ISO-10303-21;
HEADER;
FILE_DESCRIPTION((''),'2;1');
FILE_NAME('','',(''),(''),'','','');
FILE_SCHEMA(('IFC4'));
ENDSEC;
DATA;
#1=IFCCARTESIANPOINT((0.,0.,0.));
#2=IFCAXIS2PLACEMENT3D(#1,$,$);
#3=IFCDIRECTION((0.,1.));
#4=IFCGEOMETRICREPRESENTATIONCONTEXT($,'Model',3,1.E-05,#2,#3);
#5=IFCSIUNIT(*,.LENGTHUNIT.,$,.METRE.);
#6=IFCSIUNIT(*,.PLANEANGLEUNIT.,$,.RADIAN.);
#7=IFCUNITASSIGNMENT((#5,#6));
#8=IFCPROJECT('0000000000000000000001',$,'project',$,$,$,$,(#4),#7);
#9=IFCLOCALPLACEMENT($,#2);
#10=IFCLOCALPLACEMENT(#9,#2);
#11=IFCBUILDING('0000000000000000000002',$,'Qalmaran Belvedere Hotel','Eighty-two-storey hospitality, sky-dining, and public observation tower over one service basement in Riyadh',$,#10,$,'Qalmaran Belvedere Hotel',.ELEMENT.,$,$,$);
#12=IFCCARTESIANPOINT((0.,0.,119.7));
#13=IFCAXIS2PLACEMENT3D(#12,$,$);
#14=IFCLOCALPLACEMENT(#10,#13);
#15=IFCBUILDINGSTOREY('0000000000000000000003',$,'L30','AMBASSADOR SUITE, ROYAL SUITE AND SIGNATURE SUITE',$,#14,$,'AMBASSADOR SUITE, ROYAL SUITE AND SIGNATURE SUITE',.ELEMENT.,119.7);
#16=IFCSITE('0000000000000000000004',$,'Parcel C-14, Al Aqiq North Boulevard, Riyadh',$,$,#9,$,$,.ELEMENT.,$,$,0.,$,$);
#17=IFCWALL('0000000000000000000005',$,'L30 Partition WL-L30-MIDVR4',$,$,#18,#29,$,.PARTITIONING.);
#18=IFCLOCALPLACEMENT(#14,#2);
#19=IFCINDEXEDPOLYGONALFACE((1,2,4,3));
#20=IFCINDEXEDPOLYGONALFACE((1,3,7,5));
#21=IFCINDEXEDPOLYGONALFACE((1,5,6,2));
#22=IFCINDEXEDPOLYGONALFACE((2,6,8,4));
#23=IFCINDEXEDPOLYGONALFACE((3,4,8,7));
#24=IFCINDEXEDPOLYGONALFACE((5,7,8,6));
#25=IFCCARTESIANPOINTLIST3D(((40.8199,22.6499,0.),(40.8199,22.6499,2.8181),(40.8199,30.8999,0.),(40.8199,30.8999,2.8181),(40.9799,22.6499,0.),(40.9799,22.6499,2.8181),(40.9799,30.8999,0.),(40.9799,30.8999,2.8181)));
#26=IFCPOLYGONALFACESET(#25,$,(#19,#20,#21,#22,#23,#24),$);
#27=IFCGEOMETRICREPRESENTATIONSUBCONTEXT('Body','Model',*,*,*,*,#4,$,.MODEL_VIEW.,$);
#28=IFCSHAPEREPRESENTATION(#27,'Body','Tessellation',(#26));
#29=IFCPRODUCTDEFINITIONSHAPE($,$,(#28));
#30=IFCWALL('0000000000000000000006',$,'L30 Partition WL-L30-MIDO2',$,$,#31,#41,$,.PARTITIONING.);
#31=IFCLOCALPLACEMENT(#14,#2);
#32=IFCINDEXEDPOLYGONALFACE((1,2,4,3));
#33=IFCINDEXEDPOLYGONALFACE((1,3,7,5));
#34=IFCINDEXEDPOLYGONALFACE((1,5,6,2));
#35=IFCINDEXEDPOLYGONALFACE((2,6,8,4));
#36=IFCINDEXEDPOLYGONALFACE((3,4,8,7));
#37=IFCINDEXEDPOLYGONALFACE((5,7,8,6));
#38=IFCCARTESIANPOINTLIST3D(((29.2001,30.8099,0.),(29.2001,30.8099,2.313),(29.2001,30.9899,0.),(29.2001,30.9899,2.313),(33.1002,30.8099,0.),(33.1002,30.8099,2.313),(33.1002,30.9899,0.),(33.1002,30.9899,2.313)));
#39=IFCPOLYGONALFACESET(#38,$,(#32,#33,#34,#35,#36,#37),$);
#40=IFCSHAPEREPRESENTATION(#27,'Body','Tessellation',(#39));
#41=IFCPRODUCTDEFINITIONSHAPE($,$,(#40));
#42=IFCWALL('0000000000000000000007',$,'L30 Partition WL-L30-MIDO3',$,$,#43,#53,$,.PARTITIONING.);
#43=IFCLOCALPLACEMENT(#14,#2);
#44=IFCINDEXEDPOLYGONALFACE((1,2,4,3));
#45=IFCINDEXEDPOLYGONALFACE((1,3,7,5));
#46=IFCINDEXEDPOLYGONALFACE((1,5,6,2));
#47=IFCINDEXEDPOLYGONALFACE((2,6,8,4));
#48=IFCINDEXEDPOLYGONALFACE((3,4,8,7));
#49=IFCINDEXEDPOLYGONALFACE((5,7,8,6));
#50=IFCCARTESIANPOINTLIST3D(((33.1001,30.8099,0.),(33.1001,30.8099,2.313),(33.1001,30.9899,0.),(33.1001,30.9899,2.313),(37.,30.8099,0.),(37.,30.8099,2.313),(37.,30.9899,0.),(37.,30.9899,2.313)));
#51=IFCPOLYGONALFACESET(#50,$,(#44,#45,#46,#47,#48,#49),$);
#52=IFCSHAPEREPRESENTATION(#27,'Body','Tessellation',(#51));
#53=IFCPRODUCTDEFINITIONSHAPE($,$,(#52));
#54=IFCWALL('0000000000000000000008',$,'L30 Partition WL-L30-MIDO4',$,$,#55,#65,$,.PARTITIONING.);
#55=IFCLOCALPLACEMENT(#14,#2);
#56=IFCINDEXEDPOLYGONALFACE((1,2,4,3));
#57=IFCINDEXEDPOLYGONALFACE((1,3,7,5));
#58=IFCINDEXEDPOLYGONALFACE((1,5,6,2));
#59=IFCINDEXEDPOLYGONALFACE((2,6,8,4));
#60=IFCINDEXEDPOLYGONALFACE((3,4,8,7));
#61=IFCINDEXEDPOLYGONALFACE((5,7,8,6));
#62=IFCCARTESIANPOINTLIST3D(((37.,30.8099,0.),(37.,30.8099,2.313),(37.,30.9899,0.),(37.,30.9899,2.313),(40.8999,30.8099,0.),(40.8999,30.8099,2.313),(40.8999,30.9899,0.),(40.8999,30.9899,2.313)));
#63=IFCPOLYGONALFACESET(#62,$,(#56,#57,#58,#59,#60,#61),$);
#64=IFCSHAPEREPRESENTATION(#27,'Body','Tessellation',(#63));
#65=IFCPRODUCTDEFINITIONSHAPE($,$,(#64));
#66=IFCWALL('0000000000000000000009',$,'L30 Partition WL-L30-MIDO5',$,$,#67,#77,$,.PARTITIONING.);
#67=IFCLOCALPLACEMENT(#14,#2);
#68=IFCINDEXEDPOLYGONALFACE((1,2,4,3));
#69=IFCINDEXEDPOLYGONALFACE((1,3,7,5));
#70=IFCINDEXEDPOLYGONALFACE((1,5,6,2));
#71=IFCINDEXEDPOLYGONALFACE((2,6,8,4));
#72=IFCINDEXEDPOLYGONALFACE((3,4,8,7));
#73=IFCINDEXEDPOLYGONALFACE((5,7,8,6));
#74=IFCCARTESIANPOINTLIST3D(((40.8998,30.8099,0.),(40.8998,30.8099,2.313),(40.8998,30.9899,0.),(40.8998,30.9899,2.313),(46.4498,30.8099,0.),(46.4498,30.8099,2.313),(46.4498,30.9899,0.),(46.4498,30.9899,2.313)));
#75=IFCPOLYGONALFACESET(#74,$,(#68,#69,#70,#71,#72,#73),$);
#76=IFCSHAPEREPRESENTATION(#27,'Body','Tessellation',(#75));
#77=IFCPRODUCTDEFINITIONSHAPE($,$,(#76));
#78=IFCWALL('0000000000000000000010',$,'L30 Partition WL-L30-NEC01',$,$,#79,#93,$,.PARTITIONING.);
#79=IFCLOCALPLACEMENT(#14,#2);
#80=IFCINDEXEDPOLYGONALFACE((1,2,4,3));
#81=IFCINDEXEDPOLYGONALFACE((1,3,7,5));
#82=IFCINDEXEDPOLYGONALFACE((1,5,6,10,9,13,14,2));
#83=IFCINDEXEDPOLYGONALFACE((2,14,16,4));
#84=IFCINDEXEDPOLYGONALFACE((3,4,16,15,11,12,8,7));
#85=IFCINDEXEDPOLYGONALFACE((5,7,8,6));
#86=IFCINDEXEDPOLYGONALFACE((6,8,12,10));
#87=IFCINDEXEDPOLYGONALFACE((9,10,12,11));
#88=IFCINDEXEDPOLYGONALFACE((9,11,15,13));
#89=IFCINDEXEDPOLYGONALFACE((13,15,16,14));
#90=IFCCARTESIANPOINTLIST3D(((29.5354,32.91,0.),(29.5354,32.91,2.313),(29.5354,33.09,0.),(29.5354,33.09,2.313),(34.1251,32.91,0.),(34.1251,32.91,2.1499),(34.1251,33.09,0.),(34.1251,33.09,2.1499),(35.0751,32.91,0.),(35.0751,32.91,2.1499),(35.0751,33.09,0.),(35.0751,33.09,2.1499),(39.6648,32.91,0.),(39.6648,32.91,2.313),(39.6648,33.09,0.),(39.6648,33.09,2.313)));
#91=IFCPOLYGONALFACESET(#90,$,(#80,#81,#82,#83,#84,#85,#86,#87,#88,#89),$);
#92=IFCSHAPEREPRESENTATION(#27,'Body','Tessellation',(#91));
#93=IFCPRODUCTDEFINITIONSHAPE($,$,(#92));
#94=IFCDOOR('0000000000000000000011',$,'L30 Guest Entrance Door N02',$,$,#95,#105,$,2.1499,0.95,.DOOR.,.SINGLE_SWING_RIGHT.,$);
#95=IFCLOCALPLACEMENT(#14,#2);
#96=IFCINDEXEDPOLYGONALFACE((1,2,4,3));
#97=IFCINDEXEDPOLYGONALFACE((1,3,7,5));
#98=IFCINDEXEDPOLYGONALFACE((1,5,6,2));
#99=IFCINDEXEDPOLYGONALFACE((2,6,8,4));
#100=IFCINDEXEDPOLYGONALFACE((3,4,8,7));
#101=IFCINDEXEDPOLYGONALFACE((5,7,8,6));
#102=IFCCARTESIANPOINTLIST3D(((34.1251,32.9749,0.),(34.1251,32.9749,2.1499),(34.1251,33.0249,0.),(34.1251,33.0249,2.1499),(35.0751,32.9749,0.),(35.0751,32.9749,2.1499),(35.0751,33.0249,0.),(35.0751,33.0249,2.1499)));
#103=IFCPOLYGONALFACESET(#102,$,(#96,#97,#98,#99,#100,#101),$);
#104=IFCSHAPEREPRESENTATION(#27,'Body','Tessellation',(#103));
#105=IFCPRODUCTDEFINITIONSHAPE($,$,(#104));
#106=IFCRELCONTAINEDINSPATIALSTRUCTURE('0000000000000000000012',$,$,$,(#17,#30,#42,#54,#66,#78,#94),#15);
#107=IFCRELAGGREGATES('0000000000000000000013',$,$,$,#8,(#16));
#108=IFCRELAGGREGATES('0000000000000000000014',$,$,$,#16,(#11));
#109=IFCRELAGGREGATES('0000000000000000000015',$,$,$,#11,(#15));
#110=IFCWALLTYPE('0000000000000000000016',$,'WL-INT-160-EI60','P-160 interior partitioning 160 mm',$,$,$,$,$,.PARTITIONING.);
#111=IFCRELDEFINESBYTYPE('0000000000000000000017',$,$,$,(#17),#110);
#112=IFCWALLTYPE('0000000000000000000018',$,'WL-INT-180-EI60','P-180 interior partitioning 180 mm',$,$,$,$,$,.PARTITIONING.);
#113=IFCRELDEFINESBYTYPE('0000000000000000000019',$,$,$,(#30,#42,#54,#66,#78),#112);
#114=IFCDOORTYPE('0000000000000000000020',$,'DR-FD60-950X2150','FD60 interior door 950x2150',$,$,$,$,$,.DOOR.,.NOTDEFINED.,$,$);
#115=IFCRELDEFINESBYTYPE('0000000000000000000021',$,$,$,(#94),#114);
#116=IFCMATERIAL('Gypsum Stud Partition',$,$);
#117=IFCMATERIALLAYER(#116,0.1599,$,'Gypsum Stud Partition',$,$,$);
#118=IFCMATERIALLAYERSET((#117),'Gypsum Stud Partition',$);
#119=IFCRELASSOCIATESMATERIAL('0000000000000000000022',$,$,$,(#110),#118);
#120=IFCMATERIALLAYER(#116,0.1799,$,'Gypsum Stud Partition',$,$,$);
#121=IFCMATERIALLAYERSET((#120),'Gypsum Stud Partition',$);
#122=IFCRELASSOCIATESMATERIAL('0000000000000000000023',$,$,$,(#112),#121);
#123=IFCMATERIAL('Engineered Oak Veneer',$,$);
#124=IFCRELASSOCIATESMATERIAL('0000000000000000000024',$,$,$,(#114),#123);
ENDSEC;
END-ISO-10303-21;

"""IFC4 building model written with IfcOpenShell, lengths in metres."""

from ifc_helpers import new_model, si_unit, direction, frame, frame_2d, origin, place, context, subcontext, project, spatial, rectangle, extrude, material, layer, layer_set, type_object, element, fill, save


model = new_model("IFC4")

# Units and contexts
model_context = context("Model", 3, precision=1e-05, world=origin(), true_north=direction((0.0, 1.0)))
body_context = subcontext(model_context, "Body", "Model", "MODEL_VIEW")
ifc_project = project(units=[si_unit("LENGTHUNIT", "METRE"), si_unit("PLANEANGLEUNIT", "RADIAN")], contexts=[model_context])

# Site, building, storey
site_placement = place(None, origin())
site = spatial("IfcSite", under=ifc_project, at=site_placement, Name="Parcel C-14, Al Aqiq North Boulevard, Riyadh", CompositionType="ELEMENT", RefElevation=0.0)
building_placement = place(site_placement, origin())
building = spatial("IfcBuilding", under=site, at=building_placement, Name="Qalmaran Belvedere Hotel", Description="Eighty-two-storey hospitality, sky-dining, and public observation tower over one service basement in Riyadh", LongName="Qalmaran Belvedere Hotel", CompositionType="ELEMENT")
storey_placement = place(building_placement, frame((0.0, 0.0, 119.7)))
storey = spatial("IfcBuildingStorey", under=building, at=storey_placement, Name="L30", Description="AMBASSADOR SUITE, ROYAL SUITE AND SIGNATURE SUITE", LongName="AMBASSADOR SUITE, ROYAL SUITE AND SIGNATURE SUITE", CompositionType="ELEMENT", Elevation=119.7)

# Wall
ifc_material_1 = material(Name="Gypsum Stud Partition")
ifc_layer_1 = layer(ifc_material_1, 0.1599, Name="Gypsum Stud Partition")
ifc_layer_set_1 = layer_set([ifc_layer_1], Name="Gypsum Stud Partition")
wall_type_1 = type_object("IfcWallType", Name="WL-INT-160-EI60", Description="P-160 interior partitioning 160 mm", PredefinedType="PARTITIONING", material=ifc_layer_set_1)
wall_1_placement = place(storey_placement, frame((40.8999, 22.6499, 0.0), z_axis=(0.0, 0.0, 1.0), x_axis=(0.0, 1.0, 0.0)))
element("IfcWall", 1, at=wall_1_placement, inside=storey, type_object=wall_type_1, Name="L30 Partition WL-L30-MIDVR4", PredefinedType="PARTITIONING", context=body_context, shape_type="SweptSolid", body=[
    extrude(rectangle(XDim=8.25, YDim=0.1599, at=frame_2d((4.125, 0.0))), origin(), (0.0, 0.0, 1.0), 2.8181),
])

# Shared definitions
ifc_layer_2 = layer(ifc_material_1, 0.1799, Name="Gypsum Stud Partition")
ifc_layer_set_2 = layer_set([ifc_layer_2], Name="Gypsum Stud Partition")
wall_type_2 = type_object("IfcWallType", Name="WL-INT-180-EI60", Description="P-180 interior partitioning 180 mm", PredefinedType="PARTITIONING", material=ifc_layer_set_2)
ifc_material_2 = material(Name="Engineered Oak Veneer")
door_type = type_object("IfcDoorType", Name="DR-FD60-950X2150", Description="FD60 interior door 950x2150", OperationType="NOTDEFINED", PredefinedType="DOOR", material=ifc_material_2)

# Wall
wall_2_placement = place(storey_placement, frame((29.2, 30.8999, 0.0), z_axis=(0.0, 0.0, 1.0), x_axis=(1.0, 0.0, 0.0)))
element("IfcWall", 2, at=wall_2_placement, inside=storey, type_object=wall_type_2, Name="L30 Partition WL-L30-MIDO2", PredefinedType="PARTITIONING", context=body_context, shape_type="SweptSolid", body=[
    extrude(rectangle(XDim=3.9001, YDim=0.1799, at=frame_2d((1.9502, 0.0))), origin(), (0.0, 0.0, 1.0), 2.313),
])

# Wall
wall_3_placement = place(storey_placement, frame((33.1001, 30.8999, 0.0), z_axis=(0.0, 0.0, 1.0), x_axis=(1.0, 0.0, 0.0)))
element("IfcWall", 3, at=wall_3_placement, inside=storey, type_object=wall_type_2, Name="L30 Partition WL-L30-MIDO3", PredefinedType="PARTITIONING", context=body_context, shape_type="SweptSolid", body=[
    extrude(rectangle(XDim=3.8999, YDim=0.1799, at=frame_2d((1.95, 0.0))), origin(), (0.0, 0.0, 1.0), 2.313),
])

# Wall
wall_4_placement = place(storey_placement, frame((37.0, 30.8999, 0.0), z_axis=(0.0, 0.0, 1.0), x_axis=(1.0, 0.0, 0.0)))
element("IfcWall", 4, at=wall_4_placement, inside=storey, type_object=wall_type_2, Name="L30 Partition WL-L30-MIDO4", PredefinedType="PARTITIONING", context=body_context, shape_type="SweptSolid", body=[
    extrude(rectangle(XDim=3.8999, YDim=0.1799, at=frame_2d((1.95, 0.0))), origin(), (0.0, 0.0, 1.0), 2.313),
])

# Wall
wall_5_placement = place(storey_placement, frame((40.8999, 30.8999, 0.0), z_axis=(0.0, 0.0, 1.0), x_axis=(1.0, 0.0, 0.0)))
element("IfcWall", 5, at=wall_5_placement, inside=storey, type_object=wall_type_2, Name="L30 Partition WL-L30-MIDO5", PredefinedType="PARTITIONING", context=body_context, shape_type="SweptSolid", body=[
    extrude(rectangle(XDim=5.55, YDim=0.1799, at=frame_2d((2.7749, 0.0))), origin(), (0.0, 0.0, 1.0), 2.313),
])

# Wall, opening, door
wall_6_placement = place(storey_placement, frame((29.5354, 33.0, 0.0), z_axis=(0.0, 0.0, 1.0), x_axis=(1.0, 0.0, 0.0)))
wall_6 = element("IfcWall", 6, at=wall_6_placement, inside=storey, type_object=wall_type_2, Name="L30 Partition WL-L30-NEC01", PredefinedType="PARTITIONING", context=body_context, shape_type="SweptSolid", body=[
    extrude(rectangle(XDim=10.1294, YDim=0.1799, at=frame_2d((5.0647, 0.0))), origin(), (0.0, 0.0, 1.0), 2.313),
])
opening_1_placement = place(wall_6_placement, frame((4.5896, 0.0, 0.0)))
opening_1 = element("IfcOpeningElement", 7, at=opening_1_placement, cuts=wall_6, PredefinedType="OPENING", context=body_context, shape_type="SweptSolid", body=[
    extrude(rectangle(XDim=0.95, YDim=2.1499, at=frame_2d((0.4751, 1.075))), frame((0.0, 0.1001, 0.0), z_axis=(0.0, -1.0, 0.0), x_axis=(1.0, 0.0, 0.0)), (0.0, 0.0, 1.0), 0.2),
])
door_1_placement = place(opening_1_placement, origin())
door_1 = element("IfcDoor", 8, at=door_1_placement, inside=storey, type_object=door_type, Name="L30 Guest Entrance Door N02", OperationType="SINGLE_SWING_RIGHT", OverallHeight=2.1499, OverallWidth=0.95, PredefinedType="DOOR", context=body_context, shape_type="SweptSolid", body=[
    extrude(rectangle(XDim=0.95, YDim=2.1499, at=frame_2d((0.4751, 1.075))), frame((0.0, 0.0249, 0.0), z_axis=(0.0, -1.0, 0.0), x_axis=(1.0, 0.0, 0.0)), (0.0, 0.0, 1.0), 0.05),
])
fill(opening_1, door_1)

save(model, "model.ifc")
